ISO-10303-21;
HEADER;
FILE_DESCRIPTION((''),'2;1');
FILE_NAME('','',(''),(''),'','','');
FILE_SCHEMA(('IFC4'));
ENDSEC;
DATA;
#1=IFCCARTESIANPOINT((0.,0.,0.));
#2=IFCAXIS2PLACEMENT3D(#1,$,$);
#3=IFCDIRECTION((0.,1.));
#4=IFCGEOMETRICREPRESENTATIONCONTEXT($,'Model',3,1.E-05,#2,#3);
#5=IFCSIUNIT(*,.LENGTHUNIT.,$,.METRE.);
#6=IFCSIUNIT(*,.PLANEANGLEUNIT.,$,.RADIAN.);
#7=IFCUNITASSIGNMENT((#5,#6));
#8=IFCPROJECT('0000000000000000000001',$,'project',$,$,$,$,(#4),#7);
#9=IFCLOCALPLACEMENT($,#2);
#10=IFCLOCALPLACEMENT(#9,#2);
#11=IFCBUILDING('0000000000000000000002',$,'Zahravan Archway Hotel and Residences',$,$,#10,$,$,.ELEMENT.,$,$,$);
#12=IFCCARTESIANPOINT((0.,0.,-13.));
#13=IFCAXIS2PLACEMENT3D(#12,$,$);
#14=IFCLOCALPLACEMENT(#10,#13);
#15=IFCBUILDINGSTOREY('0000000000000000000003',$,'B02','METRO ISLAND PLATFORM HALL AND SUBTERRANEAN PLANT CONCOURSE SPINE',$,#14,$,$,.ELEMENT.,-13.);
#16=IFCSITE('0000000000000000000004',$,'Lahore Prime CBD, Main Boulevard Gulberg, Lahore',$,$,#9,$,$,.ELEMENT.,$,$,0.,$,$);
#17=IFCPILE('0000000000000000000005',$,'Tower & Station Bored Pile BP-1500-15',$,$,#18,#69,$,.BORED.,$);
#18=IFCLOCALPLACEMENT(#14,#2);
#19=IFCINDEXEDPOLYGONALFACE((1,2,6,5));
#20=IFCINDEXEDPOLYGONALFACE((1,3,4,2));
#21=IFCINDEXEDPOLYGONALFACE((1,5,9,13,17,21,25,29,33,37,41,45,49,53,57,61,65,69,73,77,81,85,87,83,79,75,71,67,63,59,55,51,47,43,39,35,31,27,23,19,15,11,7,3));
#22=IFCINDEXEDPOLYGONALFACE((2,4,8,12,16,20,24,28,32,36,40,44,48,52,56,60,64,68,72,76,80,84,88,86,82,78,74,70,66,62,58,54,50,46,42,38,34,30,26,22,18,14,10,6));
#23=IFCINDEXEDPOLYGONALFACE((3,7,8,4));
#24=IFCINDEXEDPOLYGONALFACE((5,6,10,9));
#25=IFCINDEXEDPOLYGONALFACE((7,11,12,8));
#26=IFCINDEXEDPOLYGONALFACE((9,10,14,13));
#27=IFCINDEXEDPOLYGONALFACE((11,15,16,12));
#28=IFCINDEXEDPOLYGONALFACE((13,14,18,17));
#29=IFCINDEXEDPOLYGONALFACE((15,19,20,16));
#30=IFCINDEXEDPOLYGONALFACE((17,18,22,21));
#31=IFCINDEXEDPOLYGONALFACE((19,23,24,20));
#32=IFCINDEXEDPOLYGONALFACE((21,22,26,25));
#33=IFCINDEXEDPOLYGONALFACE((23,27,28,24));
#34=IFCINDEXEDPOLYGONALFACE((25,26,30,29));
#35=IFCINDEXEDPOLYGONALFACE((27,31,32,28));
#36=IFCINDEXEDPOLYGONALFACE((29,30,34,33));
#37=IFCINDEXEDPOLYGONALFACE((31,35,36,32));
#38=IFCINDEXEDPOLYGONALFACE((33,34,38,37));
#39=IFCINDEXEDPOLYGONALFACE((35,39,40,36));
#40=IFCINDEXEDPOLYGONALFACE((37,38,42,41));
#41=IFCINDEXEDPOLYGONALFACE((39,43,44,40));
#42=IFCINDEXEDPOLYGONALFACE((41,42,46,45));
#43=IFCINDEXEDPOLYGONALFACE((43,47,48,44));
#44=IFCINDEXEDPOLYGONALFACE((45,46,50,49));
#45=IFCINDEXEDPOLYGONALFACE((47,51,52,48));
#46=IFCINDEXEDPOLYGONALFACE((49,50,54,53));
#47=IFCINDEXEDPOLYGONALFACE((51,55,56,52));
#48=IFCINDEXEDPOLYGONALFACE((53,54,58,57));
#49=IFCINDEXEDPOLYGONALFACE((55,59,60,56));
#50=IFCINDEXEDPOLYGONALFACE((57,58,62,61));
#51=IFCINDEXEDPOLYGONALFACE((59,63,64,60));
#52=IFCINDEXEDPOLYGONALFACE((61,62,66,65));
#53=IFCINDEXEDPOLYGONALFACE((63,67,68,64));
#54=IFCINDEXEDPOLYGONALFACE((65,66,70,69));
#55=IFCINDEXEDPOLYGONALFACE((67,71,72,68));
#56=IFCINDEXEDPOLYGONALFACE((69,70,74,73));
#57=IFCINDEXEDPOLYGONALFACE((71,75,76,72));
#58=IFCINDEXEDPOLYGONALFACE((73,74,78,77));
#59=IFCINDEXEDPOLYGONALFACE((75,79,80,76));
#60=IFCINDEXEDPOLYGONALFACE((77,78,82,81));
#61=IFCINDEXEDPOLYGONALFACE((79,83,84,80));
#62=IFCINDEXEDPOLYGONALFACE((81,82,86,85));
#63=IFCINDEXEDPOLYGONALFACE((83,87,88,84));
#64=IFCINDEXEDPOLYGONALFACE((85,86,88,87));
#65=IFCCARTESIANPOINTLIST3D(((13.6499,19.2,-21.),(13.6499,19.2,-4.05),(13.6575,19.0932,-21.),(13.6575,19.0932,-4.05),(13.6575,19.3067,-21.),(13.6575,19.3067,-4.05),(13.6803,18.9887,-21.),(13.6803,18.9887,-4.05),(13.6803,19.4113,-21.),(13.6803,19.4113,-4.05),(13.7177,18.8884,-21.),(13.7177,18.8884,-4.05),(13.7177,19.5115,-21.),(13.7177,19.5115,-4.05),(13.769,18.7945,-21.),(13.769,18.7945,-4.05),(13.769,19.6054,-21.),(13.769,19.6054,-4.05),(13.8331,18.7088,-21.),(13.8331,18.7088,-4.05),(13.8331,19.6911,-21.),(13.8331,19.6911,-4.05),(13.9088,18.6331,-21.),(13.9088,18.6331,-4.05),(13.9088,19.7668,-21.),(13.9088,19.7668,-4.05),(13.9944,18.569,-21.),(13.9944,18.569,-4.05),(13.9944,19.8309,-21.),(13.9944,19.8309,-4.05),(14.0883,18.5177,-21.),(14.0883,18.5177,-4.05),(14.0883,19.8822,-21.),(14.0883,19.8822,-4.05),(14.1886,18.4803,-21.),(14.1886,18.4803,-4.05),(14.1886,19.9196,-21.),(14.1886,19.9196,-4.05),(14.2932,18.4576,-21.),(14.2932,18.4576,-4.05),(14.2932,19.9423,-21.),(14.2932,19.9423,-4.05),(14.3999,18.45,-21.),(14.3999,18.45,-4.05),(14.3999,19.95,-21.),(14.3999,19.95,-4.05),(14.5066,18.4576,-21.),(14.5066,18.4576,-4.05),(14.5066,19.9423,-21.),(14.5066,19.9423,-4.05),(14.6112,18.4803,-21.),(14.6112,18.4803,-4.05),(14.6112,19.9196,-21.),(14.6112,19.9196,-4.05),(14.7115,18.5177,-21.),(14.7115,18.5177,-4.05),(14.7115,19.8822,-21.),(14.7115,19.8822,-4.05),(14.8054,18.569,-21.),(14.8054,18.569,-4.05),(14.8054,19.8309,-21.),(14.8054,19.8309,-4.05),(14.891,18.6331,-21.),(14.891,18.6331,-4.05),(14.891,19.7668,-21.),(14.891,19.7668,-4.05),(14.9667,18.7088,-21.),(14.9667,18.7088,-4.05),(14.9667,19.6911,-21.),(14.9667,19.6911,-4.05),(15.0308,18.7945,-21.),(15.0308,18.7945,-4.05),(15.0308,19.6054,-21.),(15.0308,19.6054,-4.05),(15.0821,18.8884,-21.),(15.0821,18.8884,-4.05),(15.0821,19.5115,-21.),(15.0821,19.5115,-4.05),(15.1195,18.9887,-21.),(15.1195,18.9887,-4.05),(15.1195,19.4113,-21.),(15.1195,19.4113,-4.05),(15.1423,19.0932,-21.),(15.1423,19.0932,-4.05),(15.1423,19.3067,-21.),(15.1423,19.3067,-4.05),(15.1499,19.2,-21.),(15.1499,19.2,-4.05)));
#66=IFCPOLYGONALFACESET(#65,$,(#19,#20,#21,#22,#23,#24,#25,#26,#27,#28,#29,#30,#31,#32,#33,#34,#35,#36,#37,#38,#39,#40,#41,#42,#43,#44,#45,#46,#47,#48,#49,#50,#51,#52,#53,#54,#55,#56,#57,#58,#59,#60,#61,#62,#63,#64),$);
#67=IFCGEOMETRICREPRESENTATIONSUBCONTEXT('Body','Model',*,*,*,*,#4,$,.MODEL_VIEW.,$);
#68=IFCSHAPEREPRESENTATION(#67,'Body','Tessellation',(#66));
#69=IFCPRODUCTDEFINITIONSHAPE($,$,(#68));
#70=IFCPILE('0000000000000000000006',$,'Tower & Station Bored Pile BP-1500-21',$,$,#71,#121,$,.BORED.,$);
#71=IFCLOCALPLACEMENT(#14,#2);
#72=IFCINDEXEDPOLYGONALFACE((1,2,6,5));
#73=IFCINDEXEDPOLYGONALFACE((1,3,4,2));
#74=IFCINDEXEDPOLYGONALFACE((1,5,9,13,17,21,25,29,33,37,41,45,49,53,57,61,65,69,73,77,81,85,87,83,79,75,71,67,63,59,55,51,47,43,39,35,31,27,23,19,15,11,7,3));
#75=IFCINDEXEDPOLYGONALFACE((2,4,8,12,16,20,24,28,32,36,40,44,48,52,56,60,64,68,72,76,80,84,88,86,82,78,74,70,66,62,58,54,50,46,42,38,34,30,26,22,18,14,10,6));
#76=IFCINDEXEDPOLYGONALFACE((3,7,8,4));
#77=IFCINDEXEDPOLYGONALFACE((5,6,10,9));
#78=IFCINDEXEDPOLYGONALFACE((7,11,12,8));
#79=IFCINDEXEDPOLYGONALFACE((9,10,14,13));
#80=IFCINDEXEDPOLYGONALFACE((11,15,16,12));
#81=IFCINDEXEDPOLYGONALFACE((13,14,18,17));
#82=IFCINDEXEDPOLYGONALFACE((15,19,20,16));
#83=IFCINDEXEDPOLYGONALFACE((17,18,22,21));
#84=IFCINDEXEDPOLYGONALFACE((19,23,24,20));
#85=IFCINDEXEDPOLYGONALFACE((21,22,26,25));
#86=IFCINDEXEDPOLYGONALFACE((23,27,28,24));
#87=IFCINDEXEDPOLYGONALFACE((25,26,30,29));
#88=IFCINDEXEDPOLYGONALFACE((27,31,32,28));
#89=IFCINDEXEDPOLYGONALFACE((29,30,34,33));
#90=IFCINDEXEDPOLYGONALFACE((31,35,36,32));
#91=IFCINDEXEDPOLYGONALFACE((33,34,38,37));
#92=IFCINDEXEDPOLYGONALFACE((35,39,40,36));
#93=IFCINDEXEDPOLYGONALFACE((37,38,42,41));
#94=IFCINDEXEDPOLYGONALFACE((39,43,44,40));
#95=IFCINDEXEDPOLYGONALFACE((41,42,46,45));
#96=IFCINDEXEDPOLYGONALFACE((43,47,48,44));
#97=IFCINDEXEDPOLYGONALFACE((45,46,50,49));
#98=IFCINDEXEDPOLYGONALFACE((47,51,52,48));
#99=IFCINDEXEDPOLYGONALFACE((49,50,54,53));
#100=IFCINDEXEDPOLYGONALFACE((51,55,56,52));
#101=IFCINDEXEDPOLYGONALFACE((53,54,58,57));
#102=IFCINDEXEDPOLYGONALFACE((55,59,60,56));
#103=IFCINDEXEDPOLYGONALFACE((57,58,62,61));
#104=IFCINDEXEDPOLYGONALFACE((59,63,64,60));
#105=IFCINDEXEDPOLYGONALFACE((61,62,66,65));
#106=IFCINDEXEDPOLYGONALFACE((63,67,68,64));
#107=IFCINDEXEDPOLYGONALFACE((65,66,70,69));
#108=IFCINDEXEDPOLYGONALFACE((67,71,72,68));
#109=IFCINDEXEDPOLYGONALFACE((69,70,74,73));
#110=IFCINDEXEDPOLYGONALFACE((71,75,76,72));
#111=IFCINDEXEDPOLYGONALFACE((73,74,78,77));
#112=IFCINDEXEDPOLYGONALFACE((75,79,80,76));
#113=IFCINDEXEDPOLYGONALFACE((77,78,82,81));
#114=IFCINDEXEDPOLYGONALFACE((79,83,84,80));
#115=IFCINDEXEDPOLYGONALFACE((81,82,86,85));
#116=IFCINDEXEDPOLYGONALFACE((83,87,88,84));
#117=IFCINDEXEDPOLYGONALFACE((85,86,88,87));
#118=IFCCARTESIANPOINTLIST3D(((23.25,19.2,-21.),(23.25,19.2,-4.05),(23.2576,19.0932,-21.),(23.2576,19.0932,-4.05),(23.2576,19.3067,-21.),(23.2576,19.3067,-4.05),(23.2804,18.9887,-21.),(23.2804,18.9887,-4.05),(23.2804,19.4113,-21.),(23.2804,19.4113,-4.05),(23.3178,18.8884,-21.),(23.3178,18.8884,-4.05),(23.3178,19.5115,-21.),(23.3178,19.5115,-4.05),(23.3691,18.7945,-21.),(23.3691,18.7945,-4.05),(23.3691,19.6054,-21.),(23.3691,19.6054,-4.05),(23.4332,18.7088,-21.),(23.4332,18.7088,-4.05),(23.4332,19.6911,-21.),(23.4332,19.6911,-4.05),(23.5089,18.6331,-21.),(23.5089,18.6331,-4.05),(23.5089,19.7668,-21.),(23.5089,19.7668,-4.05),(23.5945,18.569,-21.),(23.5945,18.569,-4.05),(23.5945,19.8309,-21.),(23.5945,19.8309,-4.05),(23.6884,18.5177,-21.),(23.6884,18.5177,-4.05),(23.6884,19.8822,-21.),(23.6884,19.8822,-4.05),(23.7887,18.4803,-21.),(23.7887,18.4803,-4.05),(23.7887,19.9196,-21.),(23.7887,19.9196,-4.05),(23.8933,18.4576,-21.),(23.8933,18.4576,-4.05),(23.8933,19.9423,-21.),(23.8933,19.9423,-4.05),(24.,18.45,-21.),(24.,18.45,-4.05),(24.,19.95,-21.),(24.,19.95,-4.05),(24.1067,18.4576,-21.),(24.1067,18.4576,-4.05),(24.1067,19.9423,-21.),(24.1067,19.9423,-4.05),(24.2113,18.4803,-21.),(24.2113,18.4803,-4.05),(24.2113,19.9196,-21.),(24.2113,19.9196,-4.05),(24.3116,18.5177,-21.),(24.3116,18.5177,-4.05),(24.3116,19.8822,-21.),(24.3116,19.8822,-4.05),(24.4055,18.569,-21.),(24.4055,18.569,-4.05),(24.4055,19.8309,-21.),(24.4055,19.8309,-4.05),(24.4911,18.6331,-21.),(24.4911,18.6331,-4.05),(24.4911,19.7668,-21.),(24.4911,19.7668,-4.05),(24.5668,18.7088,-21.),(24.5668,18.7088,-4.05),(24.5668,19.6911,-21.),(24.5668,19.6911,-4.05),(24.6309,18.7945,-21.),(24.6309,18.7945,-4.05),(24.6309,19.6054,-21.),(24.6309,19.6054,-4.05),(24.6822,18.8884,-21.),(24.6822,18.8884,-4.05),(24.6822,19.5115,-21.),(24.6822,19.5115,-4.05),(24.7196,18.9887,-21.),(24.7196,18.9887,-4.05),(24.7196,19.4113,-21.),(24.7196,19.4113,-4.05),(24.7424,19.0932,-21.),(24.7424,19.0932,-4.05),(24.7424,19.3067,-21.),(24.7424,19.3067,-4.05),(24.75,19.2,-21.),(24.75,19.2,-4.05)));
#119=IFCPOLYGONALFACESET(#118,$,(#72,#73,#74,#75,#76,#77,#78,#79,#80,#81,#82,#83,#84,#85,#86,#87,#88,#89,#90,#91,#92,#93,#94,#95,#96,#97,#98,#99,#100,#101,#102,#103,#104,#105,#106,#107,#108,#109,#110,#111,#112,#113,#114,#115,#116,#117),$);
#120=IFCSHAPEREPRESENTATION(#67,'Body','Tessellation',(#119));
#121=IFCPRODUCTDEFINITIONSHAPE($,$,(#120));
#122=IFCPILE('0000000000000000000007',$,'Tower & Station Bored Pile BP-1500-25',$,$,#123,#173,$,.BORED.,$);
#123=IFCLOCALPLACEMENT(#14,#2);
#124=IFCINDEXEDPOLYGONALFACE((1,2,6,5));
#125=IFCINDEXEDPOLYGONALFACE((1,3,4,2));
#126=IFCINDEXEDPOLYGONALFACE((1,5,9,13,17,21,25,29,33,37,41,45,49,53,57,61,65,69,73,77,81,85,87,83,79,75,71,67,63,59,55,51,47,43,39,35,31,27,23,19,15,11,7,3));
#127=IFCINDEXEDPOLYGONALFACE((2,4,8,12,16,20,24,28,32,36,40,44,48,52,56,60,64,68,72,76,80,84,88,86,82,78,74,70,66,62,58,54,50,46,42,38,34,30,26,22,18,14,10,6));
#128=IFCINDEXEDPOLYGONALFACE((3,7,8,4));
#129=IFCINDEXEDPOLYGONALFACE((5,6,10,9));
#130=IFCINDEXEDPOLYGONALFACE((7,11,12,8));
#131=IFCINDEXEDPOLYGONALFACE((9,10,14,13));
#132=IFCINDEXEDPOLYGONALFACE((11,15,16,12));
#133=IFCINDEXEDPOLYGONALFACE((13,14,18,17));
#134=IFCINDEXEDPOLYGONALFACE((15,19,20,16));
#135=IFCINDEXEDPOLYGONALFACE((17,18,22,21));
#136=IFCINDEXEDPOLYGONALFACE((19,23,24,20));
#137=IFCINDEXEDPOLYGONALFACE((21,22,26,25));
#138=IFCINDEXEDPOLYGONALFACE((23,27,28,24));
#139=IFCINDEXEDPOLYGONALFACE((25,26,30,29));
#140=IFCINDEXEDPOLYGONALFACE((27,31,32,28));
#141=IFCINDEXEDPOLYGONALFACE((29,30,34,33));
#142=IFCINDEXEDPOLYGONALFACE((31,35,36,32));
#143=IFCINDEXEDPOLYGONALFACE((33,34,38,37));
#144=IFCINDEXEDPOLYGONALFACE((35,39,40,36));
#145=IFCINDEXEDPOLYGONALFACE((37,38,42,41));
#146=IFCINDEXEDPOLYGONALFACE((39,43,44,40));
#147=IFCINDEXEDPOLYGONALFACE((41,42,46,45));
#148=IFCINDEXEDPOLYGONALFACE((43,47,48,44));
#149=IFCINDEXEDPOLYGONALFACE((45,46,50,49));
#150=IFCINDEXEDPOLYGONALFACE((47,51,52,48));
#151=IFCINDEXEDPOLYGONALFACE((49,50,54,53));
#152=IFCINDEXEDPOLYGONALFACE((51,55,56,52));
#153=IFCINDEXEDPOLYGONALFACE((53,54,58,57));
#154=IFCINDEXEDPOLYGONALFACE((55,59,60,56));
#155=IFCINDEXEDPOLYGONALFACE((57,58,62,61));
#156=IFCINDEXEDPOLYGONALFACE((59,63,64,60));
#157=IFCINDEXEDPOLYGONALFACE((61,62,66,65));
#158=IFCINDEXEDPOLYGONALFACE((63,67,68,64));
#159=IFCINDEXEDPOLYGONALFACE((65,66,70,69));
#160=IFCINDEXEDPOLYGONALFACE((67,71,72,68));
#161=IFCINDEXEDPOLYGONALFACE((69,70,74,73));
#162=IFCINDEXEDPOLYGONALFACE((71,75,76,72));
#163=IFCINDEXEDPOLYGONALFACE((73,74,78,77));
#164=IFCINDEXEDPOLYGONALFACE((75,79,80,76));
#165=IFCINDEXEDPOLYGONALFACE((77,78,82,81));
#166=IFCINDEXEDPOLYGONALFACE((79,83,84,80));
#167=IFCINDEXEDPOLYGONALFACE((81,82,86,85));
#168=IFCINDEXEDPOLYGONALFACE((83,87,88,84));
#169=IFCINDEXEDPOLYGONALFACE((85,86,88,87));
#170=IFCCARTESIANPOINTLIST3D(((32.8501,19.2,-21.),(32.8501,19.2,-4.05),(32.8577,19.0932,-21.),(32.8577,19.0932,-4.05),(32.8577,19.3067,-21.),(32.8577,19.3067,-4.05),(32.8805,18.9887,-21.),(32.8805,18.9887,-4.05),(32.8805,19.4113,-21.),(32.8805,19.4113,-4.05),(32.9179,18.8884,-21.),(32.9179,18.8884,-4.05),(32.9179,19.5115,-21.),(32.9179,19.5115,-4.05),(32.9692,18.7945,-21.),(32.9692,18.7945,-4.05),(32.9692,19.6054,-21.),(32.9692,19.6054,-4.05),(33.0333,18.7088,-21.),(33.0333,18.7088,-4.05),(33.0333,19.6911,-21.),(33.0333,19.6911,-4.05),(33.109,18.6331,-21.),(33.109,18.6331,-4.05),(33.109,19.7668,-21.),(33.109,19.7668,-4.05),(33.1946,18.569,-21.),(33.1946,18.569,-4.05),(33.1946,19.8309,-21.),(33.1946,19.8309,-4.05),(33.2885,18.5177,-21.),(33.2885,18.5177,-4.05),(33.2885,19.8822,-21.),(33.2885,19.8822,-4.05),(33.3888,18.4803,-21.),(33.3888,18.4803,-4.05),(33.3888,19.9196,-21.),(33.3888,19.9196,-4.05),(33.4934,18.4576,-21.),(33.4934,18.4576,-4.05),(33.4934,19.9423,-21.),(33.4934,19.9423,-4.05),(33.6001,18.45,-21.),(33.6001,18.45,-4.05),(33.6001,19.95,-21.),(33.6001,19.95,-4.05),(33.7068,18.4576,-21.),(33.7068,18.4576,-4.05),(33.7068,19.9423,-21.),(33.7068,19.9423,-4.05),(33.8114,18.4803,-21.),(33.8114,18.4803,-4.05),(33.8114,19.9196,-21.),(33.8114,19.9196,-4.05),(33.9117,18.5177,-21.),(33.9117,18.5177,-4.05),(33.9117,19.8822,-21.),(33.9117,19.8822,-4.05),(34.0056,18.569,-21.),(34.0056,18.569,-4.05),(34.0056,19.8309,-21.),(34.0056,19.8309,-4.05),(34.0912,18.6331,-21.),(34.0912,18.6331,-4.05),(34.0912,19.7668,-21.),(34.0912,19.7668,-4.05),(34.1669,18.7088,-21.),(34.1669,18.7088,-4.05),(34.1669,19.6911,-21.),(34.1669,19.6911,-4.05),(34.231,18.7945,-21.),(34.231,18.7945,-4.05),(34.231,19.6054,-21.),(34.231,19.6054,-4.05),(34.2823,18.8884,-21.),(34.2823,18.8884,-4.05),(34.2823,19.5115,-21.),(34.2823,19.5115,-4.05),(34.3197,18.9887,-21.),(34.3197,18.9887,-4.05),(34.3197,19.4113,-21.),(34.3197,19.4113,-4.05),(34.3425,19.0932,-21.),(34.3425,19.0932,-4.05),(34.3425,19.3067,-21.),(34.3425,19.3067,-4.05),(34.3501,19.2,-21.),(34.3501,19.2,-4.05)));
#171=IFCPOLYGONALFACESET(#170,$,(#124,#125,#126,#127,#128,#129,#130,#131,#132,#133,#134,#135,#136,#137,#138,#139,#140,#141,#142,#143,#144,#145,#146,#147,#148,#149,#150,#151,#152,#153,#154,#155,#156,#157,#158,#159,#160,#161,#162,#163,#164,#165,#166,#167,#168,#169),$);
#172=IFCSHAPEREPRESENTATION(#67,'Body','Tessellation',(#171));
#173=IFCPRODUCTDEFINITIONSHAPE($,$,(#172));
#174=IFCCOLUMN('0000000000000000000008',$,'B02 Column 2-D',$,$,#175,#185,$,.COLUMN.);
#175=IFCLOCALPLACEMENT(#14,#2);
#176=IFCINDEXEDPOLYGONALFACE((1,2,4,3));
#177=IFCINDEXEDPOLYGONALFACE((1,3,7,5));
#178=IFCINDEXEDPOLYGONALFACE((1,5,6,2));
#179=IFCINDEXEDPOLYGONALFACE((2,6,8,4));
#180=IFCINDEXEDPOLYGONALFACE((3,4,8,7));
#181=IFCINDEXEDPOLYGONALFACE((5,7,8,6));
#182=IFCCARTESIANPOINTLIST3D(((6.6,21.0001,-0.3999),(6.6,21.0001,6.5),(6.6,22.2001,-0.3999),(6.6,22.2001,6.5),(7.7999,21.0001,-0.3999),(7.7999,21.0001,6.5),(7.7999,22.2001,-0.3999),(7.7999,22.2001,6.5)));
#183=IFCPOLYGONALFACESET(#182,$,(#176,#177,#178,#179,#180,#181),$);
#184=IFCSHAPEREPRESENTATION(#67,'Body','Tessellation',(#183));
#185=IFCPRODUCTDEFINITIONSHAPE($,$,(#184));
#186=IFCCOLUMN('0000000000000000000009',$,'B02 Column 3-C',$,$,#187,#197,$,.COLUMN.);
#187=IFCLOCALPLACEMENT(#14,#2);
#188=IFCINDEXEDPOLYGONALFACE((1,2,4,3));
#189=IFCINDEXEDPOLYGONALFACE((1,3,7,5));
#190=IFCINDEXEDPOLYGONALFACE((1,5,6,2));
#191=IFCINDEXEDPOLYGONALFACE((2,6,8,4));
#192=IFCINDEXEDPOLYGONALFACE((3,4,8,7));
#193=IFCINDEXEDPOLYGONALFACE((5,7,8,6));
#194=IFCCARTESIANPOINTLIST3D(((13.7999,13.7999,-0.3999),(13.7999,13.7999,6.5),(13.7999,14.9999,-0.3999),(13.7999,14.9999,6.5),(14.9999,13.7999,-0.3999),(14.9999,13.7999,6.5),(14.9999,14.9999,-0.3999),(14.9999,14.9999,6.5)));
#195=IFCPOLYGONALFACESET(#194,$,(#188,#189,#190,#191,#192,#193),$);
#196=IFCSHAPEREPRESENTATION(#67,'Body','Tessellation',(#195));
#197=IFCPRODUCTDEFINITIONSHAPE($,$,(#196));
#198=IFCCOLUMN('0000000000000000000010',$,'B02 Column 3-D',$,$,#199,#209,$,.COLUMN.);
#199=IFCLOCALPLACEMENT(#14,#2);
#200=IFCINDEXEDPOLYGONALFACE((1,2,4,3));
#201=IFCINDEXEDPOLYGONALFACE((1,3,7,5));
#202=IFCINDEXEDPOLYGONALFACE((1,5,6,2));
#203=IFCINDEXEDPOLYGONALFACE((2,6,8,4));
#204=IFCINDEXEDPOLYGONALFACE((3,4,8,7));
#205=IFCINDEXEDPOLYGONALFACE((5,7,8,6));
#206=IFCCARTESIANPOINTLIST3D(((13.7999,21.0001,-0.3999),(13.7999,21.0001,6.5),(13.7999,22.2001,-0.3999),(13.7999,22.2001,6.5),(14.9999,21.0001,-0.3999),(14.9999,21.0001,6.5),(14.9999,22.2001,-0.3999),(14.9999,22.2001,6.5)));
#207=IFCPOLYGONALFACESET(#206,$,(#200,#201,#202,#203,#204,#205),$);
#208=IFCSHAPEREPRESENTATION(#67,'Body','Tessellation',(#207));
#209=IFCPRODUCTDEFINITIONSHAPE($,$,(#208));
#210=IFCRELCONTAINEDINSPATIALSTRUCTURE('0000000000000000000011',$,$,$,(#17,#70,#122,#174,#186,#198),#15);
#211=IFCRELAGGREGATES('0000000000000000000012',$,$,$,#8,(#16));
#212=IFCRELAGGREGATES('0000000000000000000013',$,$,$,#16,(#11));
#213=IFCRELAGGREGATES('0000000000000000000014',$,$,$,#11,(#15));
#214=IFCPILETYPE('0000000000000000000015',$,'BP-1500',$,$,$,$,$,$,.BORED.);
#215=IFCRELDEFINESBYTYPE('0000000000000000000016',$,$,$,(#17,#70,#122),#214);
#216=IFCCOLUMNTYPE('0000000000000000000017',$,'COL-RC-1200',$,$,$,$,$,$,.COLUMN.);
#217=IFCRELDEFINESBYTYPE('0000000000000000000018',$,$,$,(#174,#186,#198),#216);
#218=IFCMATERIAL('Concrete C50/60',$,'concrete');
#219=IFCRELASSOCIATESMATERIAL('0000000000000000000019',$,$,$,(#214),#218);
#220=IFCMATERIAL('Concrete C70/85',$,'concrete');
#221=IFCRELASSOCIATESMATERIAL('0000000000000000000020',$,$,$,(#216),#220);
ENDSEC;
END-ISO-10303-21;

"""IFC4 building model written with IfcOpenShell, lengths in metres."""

from ifc_helpers import new_model, si_unit, direction, frame, origin, origin_2d, place, context, subcontext, project, spatial, rectangle, circle, extrude, source, transform, mapped, material, material_profile, profile_set, type_object, type_shapes, element, save


model = new_model("IFC4")

# Units and contexts
model_context = context("Model", 3, precision=1e-05, world=origin(), true_north=direction((0.0, 1.0)))
body_context = subcontext(model_context, "Body", "Model", "MODEL_VIEW")
ifc_project = project(units=[si_unit("LENGTHUNIT", "METRE"), si_unit("PLANEANGLEUNIT", "RADIAN")], contexts=[model_context])

# Site, building, storey
site_placement = place(None, origin())
site = spatial("IfcSite", under=ifc_project, at=site_placement, Name="Lahore Prime CBD, Main Boulevard Gulberg, Lahore", CompositionType="ELEMENT", RefElevation=0.0)
building_placement = place(site_placement, origin())
building = spatial("IfcBuilding", under=site, at=building_placement, Name="Zahravan Archway Hotel and Residences", CompositionType="ELEMENT")
storey_placement = place(building_placement, frame((0.0, 0.0, -13.0)))
storey = spatial("IfcBuildingStorey", under=building, at=storey_placement, Name="B02", Description="METRO ISLAND PLATFORM HALL AND SUBTERRANEAN PLANT CONCOURSE SPINE", CompositionType="ELEMENT", Elevation=-13.0)

# Piles
ifc_material_1 = material(Name="Concrete C50/60", Category="concrete")
ifc_material_profile_1 = material_profile(ifc_material_1, circle(Radius=0.75, at=origin_2d()), Name="PILE D1500", Category="concrete")
ifc_profile_set_1 = profile_set([ifc_material_profile_1], Name="Concrete C50/60")
pile_type = type_object("IfcPileType", Name="BP-1500", PredefinedType="BORED", material=ifc_profile_set_1)
shared_shape_1 = source(origin(), body_context, "Body", "SweptSolid", [
    extrude(circle(Radius=0.75, at=origin_2d()), origin(), (0.0, 0.0, 1.0), 16.95),
])
type_shapes(pile_type, [shared_shape_1])
for number, where, z_axis, x_axis, name in (
    (1, (14.3999, 19.2, -4.05), (0.0, 0.0, -1.0), (1.0, 0.0, 0.0), "Tower & Station Bored Pile BP-1500-15"),
    (2, (24.0, 19.2, -4.05), (0.0, 0.0, -1.0), (1.0, 0.0, 0.0), "Tower & Station Bored Pile BP-1500-21"),
    (3, (33.6001, 19.2, -4.05), (0.0, 0.0, -1.0), (1.0, 0.0, 0.0), "Tower & Station Bored Pile BP-1500-25"),
):
    element("IfcPile", number, at=place(storey_placement, frame(where, z_axis=z_axis, x_axis=x_axis)), inside=storey, type_object=pile_type, Name=name, PredefinedType="BORED", context=body_context, shape_type="MappedRepresentation", body=[
        mapped(shared_shape_1, transform((0.0, 0.0, 0.0), scale=1.0)),
    ])

# Columns
ifc_material_2 = material(Name="Concrete C70/85", Category="concrete")
ifc_material_profile_2 = material_profile(ifc_material_2, rectangle(XDim=1.2, YDim=1.2, at=origin_2d()), Name="RC-COL-1200x1200", Category="concrete")
ifc_profile_set_2 = profile_set([ifc_material_profile_2], Name="Concrete C70/85")
column_type = type_object("IfcColumnType", Name="COL-RC-1200", PredefinedType="COLUMN", material=ifc_profile_set_2)
shared_shape_2 = source(origin(), body_context, "Body", "SweptSolid", [
    extrude(rectangle(XDim=1.2, YDim=1.2, at=origin_2d()), origin(), (0.0, 0.0, 1.0), 6.8999),
])
type_shapes(column_type, [shared_shape_2])
for number, where, z_axis, x_axis, name in (
    (4, (7.2, 21.6001, -0.3999), (0.0, 0.0, 1.0), (1.0, 0.0, 0.0), "B02 Column 2-D"),
    (5, (14.3999, 14.3999, -0.3999), (0.0, 0.0, 1.0), (1.0, 0.0, 0.0), "B02 Column 3-C"),
    (6, (14.3999, 21.6001, -0.3999), (0.0, 0.0, 1.0), (1.0, 0.0, 0.0), "B02 Column 3-D"),
):
    element("IfcColumn", number, at=place(storey_placement, frame(where, z_axis=z_axis, x_axis=x_axis)), inside=storey, type_object=column_type, Name=name, PredefinedType="COLUMN", context=body_context, shape_type="MappedRepresentation", body=[
        mapped(shared_shape_2, transform((0.0, 0.0, 0.0), scale=1.0)),
    ])

save(model, "model.ifc")
